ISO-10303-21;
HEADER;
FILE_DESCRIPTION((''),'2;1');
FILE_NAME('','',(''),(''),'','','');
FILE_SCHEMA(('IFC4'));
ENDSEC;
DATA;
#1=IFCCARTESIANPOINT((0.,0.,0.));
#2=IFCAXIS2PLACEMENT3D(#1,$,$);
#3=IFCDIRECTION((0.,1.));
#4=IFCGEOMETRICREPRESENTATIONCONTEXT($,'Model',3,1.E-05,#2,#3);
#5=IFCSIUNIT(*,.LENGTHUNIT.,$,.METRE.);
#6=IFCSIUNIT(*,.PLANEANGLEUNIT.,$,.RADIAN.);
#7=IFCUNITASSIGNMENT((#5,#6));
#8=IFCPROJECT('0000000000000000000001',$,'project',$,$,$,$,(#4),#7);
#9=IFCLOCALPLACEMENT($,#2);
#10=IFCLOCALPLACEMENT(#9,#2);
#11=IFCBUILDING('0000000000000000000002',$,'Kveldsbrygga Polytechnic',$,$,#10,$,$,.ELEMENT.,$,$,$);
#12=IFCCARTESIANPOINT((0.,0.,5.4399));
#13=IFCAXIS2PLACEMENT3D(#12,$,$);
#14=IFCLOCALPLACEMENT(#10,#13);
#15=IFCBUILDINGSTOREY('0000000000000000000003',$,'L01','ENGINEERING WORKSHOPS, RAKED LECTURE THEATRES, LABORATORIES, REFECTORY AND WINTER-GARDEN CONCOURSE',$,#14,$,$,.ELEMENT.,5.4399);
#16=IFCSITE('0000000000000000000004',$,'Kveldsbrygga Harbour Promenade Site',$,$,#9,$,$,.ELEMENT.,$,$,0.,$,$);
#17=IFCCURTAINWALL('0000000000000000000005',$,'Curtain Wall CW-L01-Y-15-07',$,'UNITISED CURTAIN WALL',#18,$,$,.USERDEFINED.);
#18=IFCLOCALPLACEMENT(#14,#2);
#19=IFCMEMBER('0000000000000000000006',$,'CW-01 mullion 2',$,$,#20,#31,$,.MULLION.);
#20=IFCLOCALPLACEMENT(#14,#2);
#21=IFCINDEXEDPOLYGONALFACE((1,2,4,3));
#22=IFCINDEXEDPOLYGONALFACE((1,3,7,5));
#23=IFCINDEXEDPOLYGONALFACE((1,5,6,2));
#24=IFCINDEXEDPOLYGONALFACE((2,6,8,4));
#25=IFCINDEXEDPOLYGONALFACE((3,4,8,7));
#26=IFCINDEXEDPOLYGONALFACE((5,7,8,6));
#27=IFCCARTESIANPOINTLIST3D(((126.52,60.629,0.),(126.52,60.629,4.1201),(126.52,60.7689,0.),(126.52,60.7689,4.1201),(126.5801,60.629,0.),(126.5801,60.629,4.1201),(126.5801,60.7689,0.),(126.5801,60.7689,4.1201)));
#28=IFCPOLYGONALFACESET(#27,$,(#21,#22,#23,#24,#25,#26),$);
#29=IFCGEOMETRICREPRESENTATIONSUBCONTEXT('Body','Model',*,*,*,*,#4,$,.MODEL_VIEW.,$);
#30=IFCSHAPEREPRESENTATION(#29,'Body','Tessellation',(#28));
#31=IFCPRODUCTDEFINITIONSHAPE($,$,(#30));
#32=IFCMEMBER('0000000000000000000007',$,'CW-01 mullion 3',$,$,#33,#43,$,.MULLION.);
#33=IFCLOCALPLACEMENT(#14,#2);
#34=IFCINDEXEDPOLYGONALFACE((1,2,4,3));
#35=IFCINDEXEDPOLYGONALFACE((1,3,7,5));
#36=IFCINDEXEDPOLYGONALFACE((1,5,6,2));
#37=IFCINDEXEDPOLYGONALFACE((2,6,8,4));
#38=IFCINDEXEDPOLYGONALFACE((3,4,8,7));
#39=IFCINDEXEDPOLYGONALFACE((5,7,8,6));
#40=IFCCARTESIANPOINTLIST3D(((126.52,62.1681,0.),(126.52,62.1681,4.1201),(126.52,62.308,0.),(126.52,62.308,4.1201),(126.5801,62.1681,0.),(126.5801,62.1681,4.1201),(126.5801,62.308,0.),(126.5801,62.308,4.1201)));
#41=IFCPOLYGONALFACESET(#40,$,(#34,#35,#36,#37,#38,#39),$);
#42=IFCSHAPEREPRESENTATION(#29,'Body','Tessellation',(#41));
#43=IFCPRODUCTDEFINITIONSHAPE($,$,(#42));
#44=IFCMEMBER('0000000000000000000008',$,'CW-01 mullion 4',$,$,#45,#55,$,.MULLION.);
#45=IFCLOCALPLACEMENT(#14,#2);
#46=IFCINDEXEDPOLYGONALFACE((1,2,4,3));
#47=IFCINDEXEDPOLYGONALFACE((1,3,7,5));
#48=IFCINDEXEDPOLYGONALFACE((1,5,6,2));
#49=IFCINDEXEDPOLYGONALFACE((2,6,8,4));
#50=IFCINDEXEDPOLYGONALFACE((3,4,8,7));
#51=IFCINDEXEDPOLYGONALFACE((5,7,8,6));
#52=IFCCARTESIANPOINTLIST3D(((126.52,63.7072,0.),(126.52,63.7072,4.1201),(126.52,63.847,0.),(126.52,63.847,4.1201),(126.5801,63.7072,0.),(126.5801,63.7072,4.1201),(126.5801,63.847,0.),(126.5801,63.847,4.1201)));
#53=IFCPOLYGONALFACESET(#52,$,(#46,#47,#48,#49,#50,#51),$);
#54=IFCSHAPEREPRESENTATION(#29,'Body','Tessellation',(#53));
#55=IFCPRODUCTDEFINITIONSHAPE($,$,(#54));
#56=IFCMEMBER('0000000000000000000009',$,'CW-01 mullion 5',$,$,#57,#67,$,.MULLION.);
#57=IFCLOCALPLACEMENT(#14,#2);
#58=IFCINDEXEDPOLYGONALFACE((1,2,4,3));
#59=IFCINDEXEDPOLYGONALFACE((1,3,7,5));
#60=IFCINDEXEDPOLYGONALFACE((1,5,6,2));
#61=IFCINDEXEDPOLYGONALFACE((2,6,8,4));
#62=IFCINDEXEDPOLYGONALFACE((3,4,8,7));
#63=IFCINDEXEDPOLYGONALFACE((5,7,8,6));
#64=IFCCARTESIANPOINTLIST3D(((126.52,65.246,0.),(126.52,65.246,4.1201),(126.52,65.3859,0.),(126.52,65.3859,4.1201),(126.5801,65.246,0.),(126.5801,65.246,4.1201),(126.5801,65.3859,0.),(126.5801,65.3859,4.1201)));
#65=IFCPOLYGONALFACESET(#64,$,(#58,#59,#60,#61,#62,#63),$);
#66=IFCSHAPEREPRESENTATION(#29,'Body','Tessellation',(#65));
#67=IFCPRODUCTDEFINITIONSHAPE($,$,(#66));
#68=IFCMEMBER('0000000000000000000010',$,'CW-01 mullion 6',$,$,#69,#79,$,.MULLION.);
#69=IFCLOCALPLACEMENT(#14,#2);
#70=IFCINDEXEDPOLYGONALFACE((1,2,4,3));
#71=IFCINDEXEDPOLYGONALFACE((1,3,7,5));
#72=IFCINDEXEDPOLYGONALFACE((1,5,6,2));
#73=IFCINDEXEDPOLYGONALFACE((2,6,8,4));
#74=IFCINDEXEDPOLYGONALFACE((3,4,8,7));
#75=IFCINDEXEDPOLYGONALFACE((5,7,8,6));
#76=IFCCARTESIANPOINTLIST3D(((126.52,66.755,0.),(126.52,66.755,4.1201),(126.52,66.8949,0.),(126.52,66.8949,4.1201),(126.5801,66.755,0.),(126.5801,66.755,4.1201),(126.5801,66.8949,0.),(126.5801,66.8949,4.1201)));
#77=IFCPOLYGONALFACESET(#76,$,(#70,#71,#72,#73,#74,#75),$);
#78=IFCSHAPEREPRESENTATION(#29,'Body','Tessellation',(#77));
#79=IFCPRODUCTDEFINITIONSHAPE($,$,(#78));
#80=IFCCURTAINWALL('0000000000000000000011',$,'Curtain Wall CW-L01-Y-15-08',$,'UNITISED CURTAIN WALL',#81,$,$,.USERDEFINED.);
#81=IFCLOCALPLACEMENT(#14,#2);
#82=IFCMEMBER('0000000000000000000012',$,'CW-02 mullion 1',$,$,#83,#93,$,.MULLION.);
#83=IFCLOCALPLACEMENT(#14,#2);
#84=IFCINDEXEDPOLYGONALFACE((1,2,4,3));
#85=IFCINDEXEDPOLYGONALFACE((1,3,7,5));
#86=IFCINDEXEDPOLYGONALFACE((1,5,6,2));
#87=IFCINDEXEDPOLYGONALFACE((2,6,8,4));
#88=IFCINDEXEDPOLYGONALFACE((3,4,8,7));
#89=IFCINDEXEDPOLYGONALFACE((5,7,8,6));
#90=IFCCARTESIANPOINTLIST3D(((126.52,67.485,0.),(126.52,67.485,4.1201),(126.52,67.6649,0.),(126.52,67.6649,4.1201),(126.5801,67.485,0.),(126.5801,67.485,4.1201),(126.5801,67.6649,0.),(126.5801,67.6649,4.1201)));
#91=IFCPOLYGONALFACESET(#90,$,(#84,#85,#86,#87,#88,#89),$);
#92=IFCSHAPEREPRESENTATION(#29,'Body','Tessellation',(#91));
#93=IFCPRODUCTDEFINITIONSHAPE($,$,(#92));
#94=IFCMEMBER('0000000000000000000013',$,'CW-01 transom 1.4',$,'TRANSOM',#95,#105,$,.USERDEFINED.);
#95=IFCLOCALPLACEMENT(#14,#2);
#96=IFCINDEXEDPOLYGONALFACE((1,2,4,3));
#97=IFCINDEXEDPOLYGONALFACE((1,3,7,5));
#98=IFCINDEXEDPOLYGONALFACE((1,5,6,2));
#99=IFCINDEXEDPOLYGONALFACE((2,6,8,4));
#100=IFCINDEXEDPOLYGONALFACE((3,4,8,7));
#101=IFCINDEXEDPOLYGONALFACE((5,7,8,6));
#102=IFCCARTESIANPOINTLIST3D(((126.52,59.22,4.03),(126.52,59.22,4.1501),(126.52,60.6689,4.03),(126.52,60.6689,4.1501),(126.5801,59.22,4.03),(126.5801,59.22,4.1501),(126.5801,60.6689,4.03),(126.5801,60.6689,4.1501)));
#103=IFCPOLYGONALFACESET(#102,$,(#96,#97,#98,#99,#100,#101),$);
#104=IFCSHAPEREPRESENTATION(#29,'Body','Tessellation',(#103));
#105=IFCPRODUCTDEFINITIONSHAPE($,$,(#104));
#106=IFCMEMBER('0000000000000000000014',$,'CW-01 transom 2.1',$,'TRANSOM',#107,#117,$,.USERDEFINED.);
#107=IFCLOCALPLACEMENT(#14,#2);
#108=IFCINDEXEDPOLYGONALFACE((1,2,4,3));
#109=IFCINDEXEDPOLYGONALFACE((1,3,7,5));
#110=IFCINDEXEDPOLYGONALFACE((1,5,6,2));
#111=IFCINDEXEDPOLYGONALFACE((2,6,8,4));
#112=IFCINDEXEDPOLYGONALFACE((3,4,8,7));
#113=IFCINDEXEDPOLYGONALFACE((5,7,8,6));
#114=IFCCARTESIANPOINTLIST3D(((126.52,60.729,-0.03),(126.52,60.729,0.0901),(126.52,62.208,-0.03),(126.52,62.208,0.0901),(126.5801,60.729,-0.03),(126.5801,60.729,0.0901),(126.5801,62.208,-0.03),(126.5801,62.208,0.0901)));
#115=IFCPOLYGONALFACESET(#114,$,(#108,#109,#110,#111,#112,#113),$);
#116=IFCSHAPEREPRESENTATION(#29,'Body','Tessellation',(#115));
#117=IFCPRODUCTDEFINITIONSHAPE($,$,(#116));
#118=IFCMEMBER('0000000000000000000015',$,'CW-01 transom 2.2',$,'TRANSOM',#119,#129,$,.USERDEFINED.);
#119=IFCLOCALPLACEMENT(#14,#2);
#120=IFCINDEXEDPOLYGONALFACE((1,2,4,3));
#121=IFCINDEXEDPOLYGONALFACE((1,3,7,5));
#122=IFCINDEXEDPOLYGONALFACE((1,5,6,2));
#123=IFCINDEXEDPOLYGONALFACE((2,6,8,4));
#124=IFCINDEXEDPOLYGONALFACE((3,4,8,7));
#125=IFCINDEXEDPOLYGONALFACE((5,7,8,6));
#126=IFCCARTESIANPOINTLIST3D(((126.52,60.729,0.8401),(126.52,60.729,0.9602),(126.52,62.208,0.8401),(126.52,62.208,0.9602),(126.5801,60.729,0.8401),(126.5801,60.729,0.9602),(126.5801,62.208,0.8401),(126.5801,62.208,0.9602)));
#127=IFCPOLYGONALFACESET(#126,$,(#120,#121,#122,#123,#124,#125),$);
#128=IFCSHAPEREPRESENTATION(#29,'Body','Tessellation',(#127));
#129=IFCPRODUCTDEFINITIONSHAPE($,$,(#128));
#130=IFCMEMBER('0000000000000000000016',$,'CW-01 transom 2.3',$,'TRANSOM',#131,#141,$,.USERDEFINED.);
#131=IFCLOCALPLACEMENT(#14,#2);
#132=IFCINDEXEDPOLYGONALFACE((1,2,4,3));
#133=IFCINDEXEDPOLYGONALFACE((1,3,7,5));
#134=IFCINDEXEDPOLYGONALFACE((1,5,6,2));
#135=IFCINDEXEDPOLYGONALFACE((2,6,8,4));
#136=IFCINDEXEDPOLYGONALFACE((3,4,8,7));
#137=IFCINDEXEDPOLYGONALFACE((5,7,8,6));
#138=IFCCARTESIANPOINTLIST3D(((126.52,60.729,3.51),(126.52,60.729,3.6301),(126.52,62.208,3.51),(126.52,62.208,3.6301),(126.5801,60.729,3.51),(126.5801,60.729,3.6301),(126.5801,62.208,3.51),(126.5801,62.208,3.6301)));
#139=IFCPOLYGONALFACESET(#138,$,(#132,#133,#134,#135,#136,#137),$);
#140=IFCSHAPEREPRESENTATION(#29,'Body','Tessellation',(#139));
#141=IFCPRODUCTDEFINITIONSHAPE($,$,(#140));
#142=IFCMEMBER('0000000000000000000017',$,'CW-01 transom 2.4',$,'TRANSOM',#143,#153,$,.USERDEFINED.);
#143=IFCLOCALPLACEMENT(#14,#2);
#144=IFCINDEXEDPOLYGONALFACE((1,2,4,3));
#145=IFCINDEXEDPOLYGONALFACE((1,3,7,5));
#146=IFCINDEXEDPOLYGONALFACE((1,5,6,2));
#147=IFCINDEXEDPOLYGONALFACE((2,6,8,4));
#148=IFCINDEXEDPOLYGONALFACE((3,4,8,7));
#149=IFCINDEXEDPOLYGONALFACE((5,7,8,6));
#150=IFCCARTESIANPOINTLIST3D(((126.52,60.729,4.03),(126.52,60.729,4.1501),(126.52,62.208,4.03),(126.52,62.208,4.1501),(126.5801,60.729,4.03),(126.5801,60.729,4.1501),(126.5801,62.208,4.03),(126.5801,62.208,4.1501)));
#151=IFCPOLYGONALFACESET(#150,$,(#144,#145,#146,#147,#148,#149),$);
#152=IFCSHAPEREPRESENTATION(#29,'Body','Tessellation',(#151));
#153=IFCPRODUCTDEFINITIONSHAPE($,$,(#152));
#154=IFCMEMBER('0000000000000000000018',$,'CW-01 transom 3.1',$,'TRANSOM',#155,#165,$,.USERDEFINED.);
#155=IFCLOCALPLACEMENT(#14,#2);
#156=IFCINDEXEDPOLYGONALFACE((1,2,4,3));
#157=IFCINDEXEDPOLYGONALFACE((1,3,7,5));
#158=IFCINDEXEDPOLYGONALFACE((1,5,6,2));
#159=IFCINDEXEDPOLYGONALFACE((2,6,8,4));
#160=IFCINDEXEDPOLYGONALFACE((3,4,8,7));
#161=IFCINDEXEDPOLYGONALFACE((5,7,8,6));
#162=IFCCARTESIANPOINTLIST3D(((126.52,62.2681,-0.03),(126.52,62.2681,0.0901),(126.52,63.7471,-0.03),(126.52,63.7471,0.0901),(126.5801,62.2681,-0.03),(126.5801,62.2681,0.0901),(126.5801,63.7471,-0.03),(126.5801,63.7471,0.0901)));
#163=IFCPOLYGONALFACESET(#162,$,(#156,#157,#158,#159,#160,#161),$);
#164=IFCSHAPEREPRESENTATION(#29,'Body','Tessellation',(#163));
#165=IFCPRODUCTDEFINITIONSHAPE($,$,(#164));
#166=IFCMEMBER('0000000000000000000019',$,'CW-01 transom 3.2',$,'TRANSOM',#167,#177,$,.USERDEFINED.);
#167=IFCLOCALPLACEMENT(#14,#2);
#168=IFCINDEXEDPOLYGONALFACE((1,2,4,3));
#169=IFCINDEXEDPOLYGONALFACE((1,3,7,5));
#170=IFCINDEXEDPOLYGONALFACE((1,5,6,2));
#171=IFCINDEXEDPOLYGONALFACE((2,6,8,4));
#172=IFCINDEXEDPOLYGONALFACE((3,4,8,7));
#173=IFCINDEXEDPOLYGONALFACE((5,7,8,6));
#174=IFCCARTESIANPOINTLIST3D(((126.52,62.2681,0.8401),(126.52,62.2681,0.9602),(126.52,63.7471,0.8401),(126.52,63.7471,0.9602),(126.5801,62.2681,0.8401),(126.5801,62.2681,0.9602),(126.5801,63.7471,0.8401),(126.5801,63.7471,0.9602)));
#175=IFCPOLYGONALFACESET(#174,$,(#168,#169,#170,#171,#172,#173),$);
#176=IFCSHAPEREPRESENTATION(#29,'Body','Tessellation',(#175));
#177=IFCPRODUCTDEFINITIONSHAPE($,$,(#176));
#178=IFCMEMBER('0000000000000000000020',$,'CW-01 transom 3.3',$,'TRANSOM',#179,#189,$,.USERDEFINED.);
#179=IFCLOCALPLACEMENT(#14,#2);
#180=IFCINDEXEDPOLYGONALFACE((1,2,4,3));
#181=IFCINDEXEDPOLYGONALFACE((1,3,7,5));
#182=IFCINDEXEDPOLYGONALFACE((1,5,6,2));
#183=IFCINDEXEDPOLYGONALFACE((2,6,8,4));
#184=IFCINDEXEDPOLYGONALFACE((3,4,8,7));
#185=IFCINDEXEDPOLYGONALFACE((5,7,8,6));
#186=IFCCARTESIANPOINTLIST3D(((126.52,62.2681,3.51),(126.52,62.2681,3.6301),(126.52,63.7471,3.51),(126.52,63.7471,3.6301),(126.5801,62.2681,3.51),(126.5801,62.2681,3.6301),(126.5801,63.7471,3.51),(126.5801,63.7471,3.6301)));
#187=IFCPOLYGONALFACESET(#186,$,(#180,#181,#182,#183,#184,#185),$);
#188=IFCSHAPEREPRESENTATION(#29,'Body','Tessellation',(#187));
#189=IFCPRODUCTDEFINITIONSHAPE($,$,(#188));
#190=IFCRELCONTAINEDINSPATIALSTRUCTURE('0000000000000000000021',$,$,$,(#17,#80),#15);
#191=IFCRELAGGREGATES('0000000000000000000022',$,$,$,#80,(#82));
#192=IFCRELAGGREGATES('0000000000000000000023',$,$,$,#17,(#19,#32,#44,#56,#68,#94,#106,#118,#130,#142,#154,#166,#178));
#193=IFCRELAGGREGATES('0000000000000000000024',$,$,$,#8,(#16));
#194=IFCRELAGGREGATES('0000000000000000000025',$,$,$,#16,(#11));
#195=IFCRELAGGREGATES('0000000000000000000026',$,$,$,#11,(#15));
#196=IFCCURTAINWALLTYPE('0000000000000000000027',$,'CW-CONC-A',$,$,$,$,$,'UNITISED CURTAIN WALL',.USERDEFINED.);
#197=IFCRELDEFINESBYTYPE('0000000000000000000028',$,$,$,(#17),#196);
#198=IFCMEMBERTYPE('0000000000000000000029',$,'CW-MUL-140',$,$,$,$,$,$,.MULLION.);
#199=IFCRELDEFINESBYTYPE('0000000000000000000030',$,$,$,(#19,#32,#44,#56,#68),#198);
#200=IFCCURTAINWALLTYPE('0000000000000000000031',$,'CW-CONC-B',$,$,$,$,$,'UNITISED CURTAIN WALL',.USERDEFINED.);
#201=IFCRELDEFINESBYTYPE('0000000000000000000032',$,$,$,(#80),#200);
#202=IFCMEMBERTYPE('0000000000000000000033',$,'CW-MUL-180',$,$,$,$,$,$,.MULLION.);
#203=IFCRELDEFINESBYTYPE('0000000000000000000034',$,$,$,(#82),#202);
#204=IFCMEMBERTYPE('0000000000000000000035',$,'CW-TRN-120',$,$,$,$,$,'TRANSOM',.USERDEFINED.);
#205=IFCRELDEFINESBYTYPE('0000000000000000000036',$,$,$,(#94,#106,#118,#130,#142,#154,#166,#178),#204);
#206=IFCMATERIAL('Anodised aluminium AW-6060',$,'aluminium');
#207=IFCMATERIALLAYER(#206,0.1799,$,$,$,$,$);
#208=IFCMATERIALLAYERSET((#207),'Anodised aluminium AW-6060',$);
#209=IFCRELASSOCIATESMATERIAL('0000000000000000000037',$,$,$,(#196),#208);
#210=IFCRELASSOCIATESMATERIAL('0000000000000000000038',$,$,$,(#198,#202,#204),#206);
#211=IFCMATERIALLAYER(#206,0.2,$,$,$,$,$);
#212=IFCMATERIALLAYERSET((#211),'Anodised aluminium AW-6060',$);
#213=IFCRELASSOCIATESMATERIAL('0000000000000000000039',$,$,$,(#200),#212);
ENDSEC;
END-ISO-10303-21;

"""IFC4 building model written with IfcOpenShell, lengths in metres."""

from ifc_helpers import new_model, si_unit, direction, frame, origin, origin_2d, place, context, subcontext, project, spatial, rectangle, extrude, material, layer, layer_set, material_profile, profile_set, type_object, element, aggregate, save


model = new_model("IFC4")

# Units and contexts
model_context = context("Model", 3, precision=1e-05, world=origin(), true_north=direction((0.0, 1.0)))
body_context = subcontext(model_context, "Body", "Model", "MODEL_VIEW")
ifc_project = project(units=[si_unit("LENGTHUNIT", "METRE"), si_unit("PLANEANGLEUNIT", "RADIAN")], contexts=[model_context])

# Site, building, storey
site_placement = place(None, origin())
site = spatial("IfcSite", under=ifc_project, at=site_placement, Name="Kveldsbrygga Harbour Promenade Site", CompositionType="ELEMENT", RefElevation=0.0)
building_placement = place(site_placement, origin())
building = spatial("IfcBuilding", under=site, at=building_placement, Name="Kveldsbrygga Polytechnic", CompositionType="ELEMENT")
storey_placement = place(building_placement, frame((0.0, 0.0, 5.4399)))
storey = spatial("IfcBuildingStorey", under=building, at=storey_placement, Name="L01", Description="ENGINEERING WORKSHOPS, RAKED LECTURE THEATRES, LABORATORIES, REFECTORY AND WINTER-GARDEN CONCOURSE", CompositionType="ELEMENT", Elevation=5.4399)

# Curtain wall, members
ifc_material_1 = material(Name="Anodised aluminium AW-6060", Category="aluminium")
ifc_layer_1 = layer(ifc_material_1, 0.1799)
ifc_layer_set_1 = layer_set([ifc_layer_1], Name="Anodised aluminium AW-6060")
curtain_wall_type_1 = type_object("IfcCurtainWallType", Name="CW-CONC-A", ElementType="UNITISED CURTAIN WALL", PredefinedType="USERDEFINED", material=ifc_layer_set_1)
curtain_wall_1_placement = place(storey_placement, origin())
curtain_wall_1 = element("IfcCurtainWall", 1, at=curtain_wall_1_placement, inside=storey, type_object=curtain_wall_type_1, Name="Curtain Wall CW-L01-Y-15-07", ObjectType="UNITISED CURTAIN WALL", PredefinedType="USERDEFINED")
ifc_material_profile_1 = material_profile(ifc_material_1, rectangle(XDim=0.0601, YDim=0.1399, at=origin_2d()), Name="ALU 60x140")
ifc_profile_set_1 = profile_set([ifc_material_profile_1], Name="Anodised aluminium AW-6060")
member_type_1 = type_object("IfcMemberType", Name="CW-MUL-140", PredefinedType="MULLION", material=ifc_profile_set_1)
member_1_placement = place(storey_placement, frame((126.55, 60.699, 0.0), z_axis=(0.0, 0.0, 1.0), x_axis=(-1.0, 0.0, 0.0)))
member_1 = element("IfcMember", 2, at=member_1_placement, type_object=member_type_1, Name="CW-01 mullion 2", PredefinedType="MULLION", context=body_context, shape_type="SweptSolid", body=[
    extrude(rectangle(XDim=0.0601, YDim=0.1399, at=origin_2d()), origin(), (0.0, 0.0, 1.0), 4.1201),
])
member_2_placement = place(storey_placement, frame((126.55, 62.238, 0.0), z_axis=(0.0, 0.0, 1.0), x_axis=(-1.0, 0.0, 0.0)))
member_2 = element("IfcMember", 3, at=member_2_placement, type_object=member_type_1, Name="CW-01 mullion 3", PredefinedType="MULLION", context=body_context, shape_type="SweptSolid", body=[
    extrude(rectangle(XDim=0.0601, YDim=0.1399, at=origin_2d()), origin(), (0.0, 0.0, 1.0), 4.1201),
])
member_3_placement = place(storey_placement, frame((126.55, 63.7771, 0.0), z_axis=(0.0, 0.0, 1.0), x_axis=(-1.0, 0.0, 0.0)))
member_3 = element("IfcMember", 4, at=member_3_placement, type_object=member_type_1, Name="CW-01 mullion 4", PredefinedType="MULLION", context=body_context, shape_type="SweptSolid", body=[
    extrude(rectangle(XDim=0.0601, YDim=0.1399, at=origin_2d()), origin(), (0.0, 0.0, 1.0), 4.1201),
])
member_4_placement = place(storey_placement, frame((126.55, 65.3159, 0.0), z_axis=(0.0, 0.0, 1.0), x_axis=(-1.0, 0.0, 0.0)))
member_4 = element("IfcMember", 5, at=member_4_placement, type_object=member_type_1, Name="CW-01 mullion 5", PredefinedType="MULLION", context=body_context, shape_type="SweptSolid", body=[
    extrude(rectangle(XDim=0.0601, YDim=0.1399, at=origin_2d()), origin(), (0.0, 0.0, 1.0), 4.1201),
])
member_5_placement = place(storey_placement, frame((126.55, 66.825, 0.0), z_axis=(0.0, 0.0, 1.0), x_axis=(-1.0, 0.0, 0.0)))
member_5 = element("IfcMember", 6, at=member_5_placement, type_object=member_type_1, Name="CW-01 mullion 6", PredefinedType="MULLION", context=body_context, shape_type="SweptSolid", body=[
    extrude(rectangle(XDim=0.0601, YDim=0.1399, at=origin_2d()), origin(), (0.0, 0.0, 1.0), 4.1201),
])

# Curtain wall, member
ifc_layer_2 = layer(ifc_material_1, 0.2)
ifc_layer_set_2 = layer_set([ifc_layer_2], Name="Anodised aluminium AW-6060")
curtain_wall_type_2 = type_object("IfcCurtainWallType", Name="CW-CONC-B", ElementType="UNITISED CURTAIN WALL", PredefinedType="USERDEFINED", material=ifc_layer_set_2)
curtain_wall_2_placement = place(storey_placement, origin())
curtain_wall_2 = element("IfcCurtainWall", 7, at=curtain_wall_2_placement, inside=storey, type_object=curtain_wall_type_2, Name="Curtain Wall CW-L01-Y-15-08", ObjectType="UNITISED CURTAIN WALL", PredefinedType="USERDEFINED")
ifc_material_profile_2 = material_profile(ifc_material_1, rectangle(XDim=0.0601, YDim=0.1799, at=origin_2d()), Name="ALU 60x180")
ifc_profile_set_2 = profile_set([ifc_material_profile_2], Name="Anodised aluminium AW-6060")
member_type_2 = type_object("IfcMemberType", Name="CW-MUL-180", PredefinedType="MULLION", material=ifc_profile_set_2)
member_6_placement = place(storey_placement, frame((126.55, 67.575, 0.0), z_axis=(0.0, 0.0, 1.0), x_axis=(-1.0, 0.0, 0.0)))
member_6 = element("IfcMember", 8, at=member_6_placement, type_object=member_type_2, Name="CW-02 mullion 1", PredefinedType="MULLION", context=body_context, shape_type="SweptSolid", body=[
    extrude(rectangle(XDim=0.0601, YDim=0.1799, at=origin_2d()), origin(), (0.0, 0.0, 1.0), 4.1201),
])

# Members
ifc_material_profile_3 = material_profile(ifc_material_1, rectangle(XDim=0.0601, YDim=0.1201, at=origin_2d()), Name="ALU 60x120")
ifc_profile_set_3 = profile_set([ifc_material_profile_3], Name="Anodised aluminium AW-6060")
member_type_3 = type_object("IfcMemberType", Name="CW-TRN-120", ElementType="TRANSOM", PredefinedType="USERDEFINED", material=ifc_profile_set_3)
member_7_placement = place(storey_placement, frame((126.55, 59.22, 4.0901), z_axis=(0.0, 1.0, 0.0), x_axis=(-1.0, 0.0, 0.0)))
member_7 = element("IfcMember", 9, at=member_7_placement, type_object=member_type_3, Name="CW-01 transom 1.4", ObjectType="TRANSOM", PredefinedType="USERDEFINED", context=body_context, shape_type="SweptSolid", body=[
    extrude(rectangle(XDim=0.0601, YDim=0.1201, at=origin_2d()), origin(), (0.0, 0.0, 1.0), 1.449),
])
member_8_placement = place(storey_placement, frame((126.55, 60.729, 0.03), z_axis=(0.0, 1.0, 0.0), x_axis=(-1.0, 0.0, 0.0)))
member_8 = element("IfcMember", 10, at=member_8_placement, type_object=member_type_3, Name="CW-01 transom 2.1", ObjectType="TRANSOM", PredefinedType="USERDEFINED", context=body_context, shape_type="SweptSolid", body=[
    extrude(rectangle(XDim=0.0601, YDim=0.1201, at=origin_2d()), origin(), (0.0, 0.0, 1.0), 1.479),
])
member_9_placement = place(storey_placement, frame((126.55, 60.729, 0.9001), z_axis=(0.0, 1.0, 0.0), x_axis=(-1.0, 0.0, 0.0)))
member_9 = element("IfcMember", 11, at=member_9_placement, type_object=member_type_3, Name="CW-01 transom 2.2", ObjectType="TRANSOM", PredefinedType="USERDEFINED", context=body_context, shape_type="SweptSolid", body=[
    extrude(rectangle(XDim=0.0601, YDim=0.1201, at=origin_2d()), origin(), (0.0, 0.0, 1.0), 1.479),
])
member_10_placement = place(storey_placement, frame((126.55, 60.729, 3.5701), z_axis=(0.0, 1.0, 0.0), x_axis=(-1.0, 0.0, 0.0)))
member_10 = element("IfcMember", 12, at=member_10_placement, type_object=member_type_3, Name="CW-01 transom 2.3", ObjectType="TRANSOM", PredefinedType="USERDEFINED", context=body_context, shape_type="SweptSolid", body=[
    extrude(rectangle(XDim=0.0601, YDim=0.1201, at=origin_2d()), origin(), (0.0, 0.0, 1.0), 1.479),
])
member_11_placement = place(storey_placement, frame((126.55, 60.729, 4.0901), z_axis=(0.0, 1.0, 0.0), x_axis=(-1.0, 0.0, 0.0)))
member_11 = element("IfcMember", 13, at=member_11_placement, type_object=member_type_3, Name="CW-01 transom 2.4", ObjectType="TRANSOM", PredefinedType="USERDEFINED", context=body_context, shape_type="SweptSolid", body=[
    extrude(rectangle(XDim=0.0601, YDim=0.1201, at=origin_2d()), origin(), (0.0, 0.0, 1.0), 1.479),
])
member_12_placement = place(storey_placement, frame((126.55, 62.2681, 0.03), z_axis=(0.0, 1.0, 0.0), x_axis=(-1.0, 0.0, 0.0)))
member_12 = element("IfcMember", 14, at=member_12_placement, type_object=member_type_3, Name="CW-01 transom 3.1", ObjectType="TRANSOM", PredefinedType="USERDEFINED", context=body_context, shape_type="SweptSolid", body=[
    extrude(rectangle(XDim=0.0601, YDim=0.1201, at=origin_2d()), origin(), (0.0, 0.0, 1.0), 1.479),
])
member_13_placement = place(storey_placement, frame((126.55, 62.2681, 0.9001), z_axis=(0.0, 1.0, 0.0), x_axis=(-1.0, 0.0, 0.0)))
member_13 = element("IfcMember", 15, at=member_13_placement, type_object=member_type_3, Name="CW-01 transom 3.2", ObjectType="TRANSOM", PredefinedType="USERDEFINED", context=body_context, shape_type="SweptSolid", body=[
    extrude(rectangle(XDim=0.0601, YDim=0.1201, at=origin_2d()), origin(), (0.0, 0.0, 1.0), 1.479),
])
member_14_placement = place(storey_placement, frame((126.55, 62.2681, 3.5701), z_axis=(0.0, 1.0, 0.0), x_axis=(-1.0, 0.0, 0.0)))
member_14 = element("IfcMember", 16, at=member_14_placement, type_object=member_type_3, Name="CW-01 transom 3.3", ObjectType="TRANSOM", PredefinedType="USERDEFINED", context=body_context, shape_type="SweptSolid", body=[
    extrude(rectangle(XDim=0.0601, YDim=0.1201, at=origin_2d()), origin(), (0.0, 0.0, 1.0), 1.479),
])
aggregate(curtain_wall_2, [member_6])

aggregate(curtain_wall_1, [member_1, member_2, member_3, member_4, member_5, member_7, member_8, member_9, member_10, member_11, member_12, member_13, member_14])

save(model, "model.ifc")
